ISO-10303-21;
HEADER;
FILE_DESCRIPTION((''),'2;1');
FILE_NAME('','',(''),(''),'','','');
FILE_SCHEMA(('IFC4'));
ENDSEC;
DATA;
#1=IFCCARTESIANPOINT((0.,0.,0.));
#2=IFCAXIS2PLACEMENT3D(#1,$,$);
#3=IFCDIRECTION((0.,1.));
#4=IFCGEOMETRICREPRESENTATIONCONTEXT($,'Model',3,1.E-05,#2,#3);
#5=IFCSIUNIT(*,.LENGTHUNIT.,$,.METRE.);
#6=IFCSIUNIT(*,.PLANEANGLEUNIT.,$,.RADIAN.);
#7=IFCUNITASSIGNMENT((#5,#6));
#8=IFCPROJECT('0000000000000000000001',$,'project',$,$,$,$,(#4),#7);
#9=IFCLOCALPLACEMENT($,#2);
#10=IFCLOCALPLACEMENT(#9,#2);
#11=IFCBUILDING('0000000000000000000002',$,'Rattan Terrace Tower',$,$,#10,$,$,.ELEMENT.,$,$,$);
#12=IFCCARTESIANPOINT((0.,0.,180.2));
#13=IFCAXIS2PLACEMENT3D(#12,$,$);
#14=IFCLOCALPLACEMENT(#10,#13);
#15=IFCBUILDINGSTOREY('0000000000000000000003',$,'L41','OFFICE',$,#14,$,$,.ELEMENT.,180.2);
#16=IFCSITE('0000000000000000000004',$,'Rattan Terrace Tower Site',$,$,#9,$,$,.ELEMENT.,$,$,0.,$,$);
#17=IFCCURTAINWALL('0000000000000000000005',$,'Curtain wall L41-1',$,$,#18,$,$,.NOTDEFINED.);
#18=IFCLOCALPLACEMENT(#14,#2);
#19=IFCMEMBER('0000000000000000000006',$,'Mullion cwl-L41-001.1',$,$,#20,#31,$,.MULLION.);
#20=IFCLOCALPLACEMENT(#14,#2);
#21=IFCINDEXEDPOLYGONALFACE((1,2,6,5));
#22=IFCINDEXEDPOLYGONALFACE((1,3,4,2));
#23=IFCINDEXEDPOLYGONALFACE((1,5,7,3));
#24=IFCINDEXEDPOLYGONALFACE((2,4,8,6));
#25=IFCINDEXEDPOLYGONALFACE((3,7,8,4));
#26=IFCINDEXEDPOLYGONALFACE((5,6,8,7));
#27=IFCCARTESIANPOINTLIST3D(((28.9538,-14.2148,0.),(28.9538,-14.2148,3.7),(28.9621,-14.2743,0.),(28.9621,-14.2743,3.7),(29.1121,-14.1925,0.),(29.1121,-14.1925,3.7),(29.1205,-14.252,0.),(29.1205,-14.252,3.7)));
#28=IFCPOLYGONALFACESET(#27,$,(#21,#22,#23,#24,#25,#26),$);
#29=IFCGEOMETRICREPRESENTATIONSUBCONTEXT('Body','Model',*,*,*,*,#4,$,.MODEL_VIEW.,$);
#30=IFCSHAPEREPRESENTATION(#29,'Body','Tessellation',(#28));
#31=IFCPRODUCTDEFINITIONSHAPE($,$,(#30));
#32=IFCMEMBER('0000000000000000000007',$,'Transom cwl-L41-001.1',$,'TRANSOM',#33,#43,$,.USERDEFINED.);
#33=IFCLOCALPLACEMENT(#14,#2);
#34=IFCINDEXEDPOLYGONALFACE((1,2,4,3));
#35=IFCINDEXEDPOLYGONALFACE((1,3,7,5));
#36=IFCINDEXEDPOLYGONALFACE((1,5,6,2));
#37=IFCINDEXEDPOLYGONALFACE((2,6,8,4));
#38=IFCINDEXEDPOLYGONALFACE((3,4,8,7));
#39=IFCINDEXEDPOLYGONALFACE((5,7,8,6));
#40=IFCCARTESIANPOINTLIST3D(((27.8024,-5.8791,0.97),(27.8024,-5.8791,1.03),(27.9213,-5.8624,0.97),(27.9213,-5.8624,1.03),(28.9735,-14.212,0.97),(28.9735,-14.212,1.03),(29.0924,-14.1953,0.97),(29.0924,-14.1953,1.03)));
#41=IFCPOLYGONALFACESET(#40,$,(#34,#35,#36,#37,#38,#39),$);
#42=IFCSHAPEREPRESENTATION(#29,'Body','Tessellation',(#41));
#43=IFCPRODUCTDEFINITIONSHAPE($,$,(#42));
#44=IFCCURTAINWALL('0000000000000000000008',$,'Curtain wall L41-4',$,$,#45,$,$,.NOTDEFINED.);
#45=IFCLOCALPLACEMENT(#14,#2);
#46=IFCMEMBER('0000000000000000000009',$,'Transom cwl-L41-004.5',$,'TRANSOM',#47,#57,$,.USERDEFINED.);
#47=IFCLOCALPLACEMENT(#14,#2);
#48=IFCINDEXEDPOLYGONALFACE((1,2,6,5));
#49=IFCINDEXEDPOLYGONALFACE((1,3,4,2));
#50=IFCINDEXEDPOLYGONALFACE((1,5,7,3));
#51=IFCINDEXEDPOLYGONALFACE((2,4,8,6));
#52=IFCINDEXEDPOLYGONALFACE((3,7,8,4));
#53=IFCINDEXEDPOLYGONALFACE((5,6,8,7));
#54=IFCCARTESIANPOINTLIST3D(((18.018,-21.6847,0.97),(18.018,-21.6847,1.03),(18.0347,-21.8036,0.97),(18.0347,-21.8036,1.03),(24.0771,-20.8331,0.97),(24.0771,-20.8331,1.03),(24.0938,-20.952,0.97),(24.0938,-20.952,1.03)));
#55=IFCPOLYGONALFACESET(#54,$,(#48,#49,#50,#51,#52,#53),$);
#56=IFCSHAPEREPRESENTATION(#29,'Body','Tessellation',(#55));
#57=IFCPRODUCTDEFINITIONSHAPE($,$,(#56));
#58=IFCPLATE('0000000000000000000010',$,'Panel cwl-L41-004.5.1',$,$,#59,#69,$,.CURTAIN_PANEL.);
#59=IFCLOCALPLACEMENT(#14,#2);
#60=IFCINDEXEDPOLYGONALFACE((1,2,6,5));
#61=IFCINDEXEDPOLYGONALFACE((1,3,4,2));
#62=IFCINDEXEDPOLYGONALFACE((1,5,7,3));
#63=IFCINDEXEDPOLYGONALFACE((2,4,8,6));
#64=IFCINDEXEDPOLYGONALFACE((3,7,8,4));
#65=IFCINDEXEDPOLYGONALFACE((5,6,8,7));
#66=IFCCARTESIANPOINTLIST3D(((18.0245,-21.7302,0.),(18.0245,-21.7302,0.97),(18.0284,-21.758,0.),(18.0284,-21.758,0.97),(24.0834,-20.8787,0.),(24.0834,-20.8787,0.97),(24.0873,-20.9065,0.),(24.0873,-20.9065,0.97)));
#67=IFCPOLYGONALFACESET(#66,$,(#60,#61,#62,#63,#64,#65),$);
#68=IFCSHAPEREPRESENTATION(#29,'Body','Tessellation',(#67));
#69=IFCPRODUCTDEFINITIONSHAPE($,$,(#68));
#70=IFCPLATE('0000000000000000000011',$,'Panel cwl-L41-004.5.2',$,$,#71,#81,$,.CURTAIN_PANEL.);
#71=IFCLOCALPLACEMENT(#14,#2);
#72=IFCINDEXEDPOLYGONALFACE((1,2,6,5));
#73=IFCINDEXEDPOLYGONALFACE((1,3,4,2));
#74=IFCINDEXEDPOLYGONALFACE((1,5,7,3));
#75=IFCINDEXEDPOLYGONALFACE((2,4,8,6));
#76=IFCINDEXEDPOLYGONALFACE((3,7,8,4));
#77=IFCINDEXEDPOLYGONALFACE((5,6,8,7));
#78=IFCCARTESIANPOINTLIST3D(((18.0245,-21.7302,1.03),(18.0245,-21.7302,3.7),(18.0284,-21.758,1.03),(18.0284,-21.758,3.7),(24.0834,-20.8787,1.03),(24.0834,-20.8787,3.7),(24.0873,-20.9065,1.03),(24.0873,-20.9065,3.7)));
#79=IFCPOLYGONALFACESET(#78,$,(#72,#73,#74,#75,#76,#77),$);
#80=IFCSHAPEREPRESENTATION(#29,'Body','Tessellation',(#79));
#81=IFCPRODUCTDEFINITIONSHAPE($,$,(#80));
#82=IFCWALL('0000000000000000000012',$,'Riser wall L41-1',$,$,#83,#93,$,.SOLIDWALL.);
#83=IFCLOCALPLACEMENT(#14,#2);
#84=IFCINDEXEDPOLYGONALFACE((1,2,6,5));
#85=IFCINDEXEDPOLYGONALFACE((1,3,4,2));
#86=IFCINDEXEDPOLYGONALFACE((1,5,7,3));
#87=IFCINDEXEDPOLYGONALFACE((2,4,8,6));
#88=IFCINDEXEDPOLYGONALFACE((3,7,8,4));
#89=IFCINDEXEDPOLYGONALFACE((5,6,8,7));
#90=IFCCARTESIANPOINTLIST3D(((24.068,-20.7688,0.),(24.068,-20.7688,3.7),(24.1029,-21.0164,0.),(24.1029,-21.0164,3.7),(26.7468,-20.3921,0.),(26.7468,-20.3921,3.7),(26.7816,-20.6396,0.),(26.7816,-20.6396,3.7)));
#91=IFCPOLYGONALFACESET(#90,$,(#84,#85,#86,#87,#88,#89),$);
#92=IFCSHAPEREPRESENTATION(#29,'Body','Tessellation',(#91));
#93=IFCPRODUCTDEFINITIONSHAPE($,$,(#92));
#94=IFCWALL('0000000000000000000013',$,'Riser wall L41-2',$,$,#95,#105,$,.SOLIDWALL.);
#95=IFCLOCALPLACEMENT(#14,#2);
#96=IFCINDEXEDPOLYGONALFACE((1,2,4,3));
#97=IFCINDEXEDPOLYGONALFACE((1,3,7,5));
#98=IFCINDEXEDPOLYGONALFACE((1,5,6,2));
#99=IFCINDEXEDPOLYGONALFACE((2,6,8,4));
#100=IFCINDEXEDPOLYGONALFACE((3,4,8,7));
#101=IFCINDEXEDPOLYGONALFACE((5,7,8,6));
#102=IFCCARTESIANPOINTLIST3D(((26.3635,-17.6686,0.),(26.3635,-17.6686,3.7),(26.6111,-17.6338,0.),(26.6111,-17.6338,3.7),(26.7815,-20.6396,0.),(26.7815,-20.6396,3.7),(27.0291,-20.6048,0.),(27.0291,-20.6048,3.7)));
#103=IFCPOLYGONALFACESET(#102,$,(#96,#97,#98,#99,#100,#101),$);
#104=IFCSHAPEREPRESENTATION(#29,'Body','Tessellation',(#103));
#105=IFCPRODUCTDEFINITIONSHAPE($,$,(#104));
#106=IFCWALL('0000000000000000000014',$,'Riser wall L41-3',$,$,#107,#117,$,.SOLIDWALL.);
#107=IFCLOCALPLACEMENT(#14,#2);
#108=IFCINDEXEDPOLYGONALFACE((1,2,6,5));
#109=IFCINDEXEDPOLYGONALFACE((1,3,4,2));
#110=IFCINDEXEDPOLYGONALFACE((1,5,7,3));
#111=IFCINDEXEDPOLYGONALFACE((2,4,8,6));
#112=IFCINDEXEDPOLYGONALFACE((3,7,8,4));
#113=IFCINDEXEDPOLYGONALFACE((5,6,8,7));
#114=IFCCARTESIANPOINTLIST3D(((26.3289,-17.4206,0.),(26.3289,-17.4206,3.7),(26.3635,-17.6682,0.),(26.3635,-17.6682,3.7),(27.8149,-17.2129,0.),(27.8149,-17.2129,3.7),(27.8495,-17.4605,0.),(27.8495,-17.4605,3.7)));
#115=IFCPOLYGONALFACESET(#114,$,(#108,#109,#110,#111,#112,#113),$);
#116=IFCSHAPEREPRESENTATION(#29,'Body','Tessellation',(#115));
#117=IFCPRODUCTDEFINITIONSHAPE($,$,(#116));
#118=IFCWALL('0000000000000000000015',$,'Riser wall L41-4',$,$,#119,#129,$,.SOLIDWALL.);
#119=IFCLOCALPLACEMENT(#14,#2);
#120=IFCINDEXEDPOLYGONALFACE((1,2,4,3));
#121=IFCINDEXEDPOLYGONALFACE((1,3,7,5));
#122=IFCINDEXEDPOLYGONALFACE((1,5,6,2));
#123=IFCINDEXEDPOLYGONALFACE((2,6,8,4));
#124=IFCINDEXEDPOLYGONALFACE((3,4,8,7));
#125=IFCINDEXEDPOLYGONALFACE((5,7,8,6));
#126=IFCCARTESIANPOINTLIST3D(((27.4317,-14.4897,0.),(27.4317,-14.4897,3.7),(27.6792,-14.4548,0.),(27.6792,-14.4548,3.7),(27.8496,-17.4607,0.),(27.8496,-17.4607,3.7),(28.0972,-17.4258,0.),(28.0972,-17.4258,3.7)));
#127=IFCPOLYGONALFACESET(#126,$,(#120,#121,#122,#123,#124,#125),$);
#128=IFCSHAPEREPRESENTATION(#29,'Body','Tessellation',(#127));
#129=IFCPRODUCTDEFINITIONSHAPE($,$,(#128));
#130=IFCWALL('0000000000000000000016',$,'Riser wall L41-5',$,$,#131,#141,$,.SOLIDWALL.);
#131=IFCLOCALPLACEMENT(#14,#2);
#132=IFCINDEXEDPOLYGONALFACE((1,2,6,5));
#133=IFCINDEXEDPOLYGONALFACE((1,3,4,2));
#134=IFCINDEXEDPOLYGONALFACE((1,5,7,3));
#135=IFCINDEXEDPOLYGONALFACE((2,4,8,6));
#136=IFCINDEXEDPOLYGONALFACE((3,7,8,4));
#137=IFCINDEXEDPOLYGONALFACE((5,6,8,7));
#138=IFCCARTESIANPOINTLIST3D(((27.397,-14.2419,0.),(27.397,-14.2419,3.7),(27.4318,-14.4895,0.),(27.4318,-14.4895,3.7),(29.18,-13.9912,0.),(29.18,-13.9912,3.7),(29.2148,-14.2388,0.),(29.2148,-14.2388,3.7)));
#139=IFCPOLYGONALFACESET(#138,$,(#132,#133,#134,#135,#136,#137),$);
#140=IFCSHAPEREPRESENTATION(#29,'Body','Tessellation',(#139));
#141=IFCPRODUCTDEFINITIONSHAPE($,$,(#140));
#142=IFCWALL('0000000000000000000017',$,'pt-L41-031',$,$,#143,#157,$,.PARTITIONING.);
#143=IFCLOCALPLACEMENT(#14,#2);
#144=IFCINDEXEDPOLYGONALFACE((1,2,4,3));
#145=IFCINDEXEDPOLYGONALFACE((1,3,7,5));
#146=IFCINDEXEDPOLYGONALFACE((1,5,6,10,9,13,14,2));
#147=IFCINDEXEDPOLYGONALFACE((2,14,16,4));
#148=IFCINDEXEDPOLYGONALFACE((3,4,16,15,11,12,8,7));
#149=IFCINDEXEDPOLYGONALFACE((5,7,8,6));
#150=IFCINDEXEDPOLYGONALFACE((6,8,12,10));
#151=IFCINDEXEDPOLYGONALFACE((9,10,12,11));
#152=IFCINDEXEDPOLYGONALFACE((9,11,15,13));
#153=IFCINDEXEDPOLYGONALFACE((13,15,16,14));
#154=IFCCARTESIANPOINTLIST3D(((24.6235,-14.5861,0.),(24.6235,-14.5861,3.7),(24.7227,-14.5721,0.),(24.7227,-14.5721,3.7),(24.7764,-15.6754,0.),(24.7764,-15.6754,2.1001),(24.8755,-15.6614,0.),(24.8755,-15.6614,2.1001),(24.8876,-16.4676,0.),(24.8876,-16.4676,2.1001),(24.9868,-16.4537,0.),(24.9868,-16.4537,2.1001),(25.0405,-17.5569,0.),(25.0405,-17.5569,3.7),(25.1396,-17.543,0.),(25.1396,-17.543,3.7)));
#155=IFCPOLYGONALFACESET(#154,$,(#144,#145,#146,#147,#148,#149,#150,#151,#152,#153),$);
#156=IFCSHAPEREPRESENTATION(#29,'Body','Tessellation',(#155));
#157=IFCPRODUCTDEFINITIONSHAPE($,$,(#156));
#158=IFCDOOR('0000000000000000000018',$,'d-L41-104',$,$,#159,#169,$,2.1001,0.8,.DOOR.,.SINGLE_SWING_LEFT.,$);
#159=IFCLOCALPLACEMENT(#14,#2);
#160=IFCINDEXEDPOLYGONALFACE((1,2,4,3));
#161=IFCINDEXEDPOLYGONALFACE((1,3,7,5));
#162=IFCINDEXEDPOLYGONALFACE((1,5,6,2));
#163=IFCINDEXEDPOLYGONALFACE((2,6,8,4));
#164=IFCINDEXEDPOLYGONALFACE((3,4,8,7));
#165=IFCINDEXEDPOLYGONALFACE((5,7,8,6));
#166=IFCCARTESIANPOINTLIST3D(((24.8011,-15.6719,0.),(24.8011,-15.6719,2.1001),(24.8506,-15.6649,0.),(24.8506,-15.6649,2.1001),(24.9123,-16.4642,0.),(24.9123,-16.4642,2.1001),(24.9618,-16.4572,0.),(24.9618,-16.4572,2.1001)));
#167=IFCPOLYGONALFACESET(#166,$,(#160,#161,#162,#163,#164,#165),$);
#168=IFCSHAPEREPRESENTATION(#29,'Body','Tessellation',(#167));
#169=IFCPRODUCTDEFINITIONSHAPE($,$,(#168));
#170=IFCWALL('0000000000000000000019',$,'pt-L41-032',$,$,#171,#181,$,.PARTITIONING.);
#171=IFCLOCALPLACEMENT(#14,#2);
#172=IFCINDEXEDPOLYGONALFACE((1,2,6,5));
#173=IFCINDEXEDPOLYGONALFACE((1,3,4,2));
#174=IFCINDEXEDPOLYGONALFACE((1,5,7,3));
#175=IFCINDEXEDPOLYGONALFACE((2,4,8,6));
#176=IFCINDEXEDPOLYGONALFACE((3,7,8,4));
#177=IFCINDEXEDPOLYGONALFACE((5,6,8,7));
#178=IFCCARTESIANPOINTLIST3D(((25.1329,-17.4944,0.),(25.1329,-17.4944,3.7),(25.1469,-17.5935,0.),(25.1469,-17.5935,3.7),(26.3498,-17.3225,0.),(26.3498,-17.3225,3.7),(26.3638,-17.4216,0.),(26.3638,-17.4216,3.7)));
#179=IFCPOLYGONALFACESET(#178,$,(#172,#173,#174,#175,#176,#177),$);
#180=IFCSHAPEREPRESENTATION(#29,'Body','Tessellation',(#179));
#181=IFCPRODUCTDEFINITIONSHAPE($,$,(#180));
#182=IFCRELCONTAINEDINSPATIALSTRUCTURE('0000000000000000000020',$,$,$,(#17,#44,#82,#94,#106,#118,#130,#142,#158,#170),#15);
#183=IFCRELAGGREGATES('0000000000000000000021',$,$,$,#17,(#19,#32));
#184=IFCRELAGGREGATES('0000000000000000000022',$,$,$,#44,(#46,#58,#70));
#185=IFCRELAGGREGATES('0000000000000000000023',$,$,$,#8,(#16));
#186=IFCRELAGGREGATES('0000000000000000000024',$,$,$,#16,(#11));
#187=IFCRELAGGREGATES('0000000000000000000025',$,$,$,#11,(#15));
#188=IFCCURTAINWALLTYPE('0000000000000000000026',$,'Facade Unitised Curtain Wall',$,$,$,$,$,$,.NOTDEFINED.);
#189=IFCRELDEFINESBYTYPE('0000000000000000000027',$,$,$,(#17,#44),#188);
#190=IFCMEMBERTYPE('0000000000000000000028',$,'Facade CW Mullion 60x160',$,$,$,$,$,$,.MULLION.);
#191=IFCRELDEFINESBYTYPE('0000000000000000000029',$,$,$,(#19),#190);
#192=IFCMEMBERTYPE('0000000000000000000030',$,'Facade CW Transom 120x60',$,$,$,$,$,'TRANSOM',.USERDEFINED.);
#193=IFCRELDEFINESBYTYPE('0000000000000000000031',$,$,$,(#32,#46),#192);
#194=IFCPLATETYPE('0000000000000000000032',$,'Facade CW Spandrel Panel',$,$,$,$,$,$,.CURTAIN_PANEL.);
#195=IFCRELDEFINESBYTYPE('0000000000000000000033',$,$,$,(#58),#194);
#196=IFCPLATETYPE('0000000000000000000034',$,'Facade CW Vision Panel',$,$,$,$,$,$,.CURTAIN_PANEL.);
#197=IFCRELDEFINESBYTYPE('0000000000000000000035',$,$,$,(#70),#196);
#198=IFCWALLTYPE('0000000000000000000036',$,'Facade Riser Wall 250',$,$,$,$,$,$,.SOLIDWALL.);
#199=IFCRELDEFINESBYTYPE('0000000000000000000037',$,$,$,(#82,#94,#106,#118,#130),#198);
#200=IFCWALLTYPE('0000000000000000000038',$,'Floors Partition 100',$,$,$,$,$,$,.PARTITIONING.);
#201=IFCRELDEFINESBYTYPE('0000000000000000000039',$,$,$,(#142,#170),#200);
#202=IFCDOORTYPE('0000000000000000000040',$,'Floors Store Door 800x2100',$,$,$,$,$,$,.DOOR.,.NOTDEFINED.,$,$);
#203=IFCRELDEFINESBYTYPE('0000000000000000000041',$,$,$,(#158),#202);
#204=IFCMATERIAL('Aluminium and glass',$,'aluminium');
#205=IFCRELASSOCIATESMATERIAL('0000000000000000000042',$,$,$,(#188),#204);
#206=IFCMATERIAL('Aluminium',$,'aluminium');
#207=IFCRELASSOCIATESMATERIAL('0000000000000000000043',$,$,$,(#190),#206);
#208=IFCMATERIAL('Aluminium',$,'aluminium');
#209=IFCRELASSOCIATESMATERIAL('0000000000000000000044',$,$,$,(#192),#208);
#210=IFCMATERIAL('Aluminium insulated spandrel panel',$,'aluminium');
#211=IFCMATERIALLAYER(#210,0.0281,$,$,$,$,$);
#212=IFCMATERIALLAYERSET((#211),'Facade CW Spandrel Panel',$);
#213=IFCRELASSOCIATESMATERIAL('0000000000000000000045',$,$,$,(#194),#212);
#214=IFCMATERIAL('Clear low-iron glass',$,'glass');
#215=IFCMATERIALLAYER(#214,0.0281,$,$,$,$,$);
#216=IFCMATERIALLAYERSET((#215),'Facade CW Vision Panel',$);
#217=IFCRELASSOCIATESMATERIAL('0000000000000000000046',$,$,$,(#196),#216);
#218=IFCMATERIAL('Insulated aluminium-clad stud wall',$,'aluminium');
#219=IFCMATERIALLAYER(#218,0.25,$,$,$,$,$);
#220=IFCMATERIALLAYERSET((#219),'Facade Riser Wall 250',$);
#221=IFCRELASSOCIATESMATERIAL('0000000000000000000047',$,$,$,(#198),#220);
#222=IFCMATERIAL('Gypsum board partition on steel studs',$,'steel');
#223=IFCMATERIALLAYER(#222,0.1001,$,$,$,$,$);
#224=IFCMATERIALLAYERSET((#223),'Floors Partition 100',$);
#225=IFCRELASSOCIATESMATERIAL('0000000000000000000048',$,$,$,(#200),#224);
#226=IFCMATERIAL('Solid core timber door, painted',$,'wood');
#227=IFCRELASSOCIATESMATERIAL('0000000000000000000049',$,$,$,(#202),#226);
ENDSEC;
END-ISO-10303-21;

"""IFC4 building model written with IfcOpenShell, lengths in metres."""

from ifc_helpers import new_model, si_unit, direction, frame, frame_2d, origin, origin_2d, place, context, subcontext, project, spatial, rectangle, extrude, material, layer, layer_set, material_profile, profile_set, type_object, element, fill, aggregate, save


model = new_model("IFC4")

# Units and contexts
model_context = context("Model", 3, precision=1e-05, world=origin(), true_north=direction((0.0, 1.0)))
body_context = subcontext(model_context, "Body", "Model", "MODEL_VIEW")
ifc_project = project(units=[si_unit("LENGTHUNIT", "METRE"), si_unit("PLANEANGLEUNIT", "RADIAN")], contexts=[model_context])

# Site, building, storey
site_placement = place(None, origin())
site = spatial("IfcSite", under=ifc_project, at=site_placement, Name="Rattan Terrace Tower Site", CompositionType="ELEMENT", RefElevation=0.0)
building_placement = place(site_placement, origin())
building = spatial("IfcBuilding", under=site, at=building_placement, Name="Rattan Terrace Tower", CompositionType="ELEMENT")
storey_placement = place(building_placement, frame((0.0, 0.0, 180.2)))
storey = spatial("IfcBuildingStorey", under=building, at=storey_placement, Name="L41", Description="OFFICE", CompositionType="ELEMENT", Elevation=180.2)

# Curtain wall, members
ifc_material_1 = material(Name="Aluminium and glass", Category="aluminium")
curtain_wall_type = type_object("IfcCurtainWallType", Name="Facade Unitised Curtain Wall", PredefinedType="NOTDEFINED", material=ifc_material_1)
curtain_wall_1_placement = place(storey_placement, origin())
curtain_wall_1 = element("IfcCurtainWall", 1, at=curtain_wall_1_placement, inside=storey, type_object=curtain_wall_type, Name="Curtain wall L41-1", PredefinedType="NOTDEFINED")
ifc_material_2 = material(Name="Aluminium", Category="aluminium")
ifc_material_profile_1 = material_profile(ifc_material_2, rectangle(XDim=0.0601, YDim=0.1599, at=origin_2d()), Name="Aluminium 60x160")
ifc_profile_set_1 = profile_set([ifc_material_profile_1], Name="Aluminium")
member_type_1 = type_object("IfcMemberType", Name="Facade CW Mullion 60x160", PredefinedType="MULLION", material=ifc_profile_set_1)
member_1_placement = place(storey_placement, frame((29.0371, -14.2334, 0.0), z_axis=(0.0, 0.0, 1.0), x_axis=(-0.139191, 0.990266, 0.0)))
member_1 = element("IfcMember", 2, at=member_1_placement, type_object=member_type_1, Name="Mullion cwl-L41-001.1", PredefinedType="MULLION", context=body_context, shape_type="SweptSolid", body=[
    extrude(rectangle(XDim=0.0601, YDim=0.1599, at=origin_2d()), origin(), (0.0, 0.0, 1.0), 3.7),
])
ifc_material_3 = material(Name="Aluminium", Category="aluminium")
ifc_material_profile_2 = material_profile(ifc_material_3, rectangle(XDim=0.1201, YDim=0.0601, at=origin_2d()), Name="Aluminium 120x60")
ifc_profile_set_2 = profile_set([ifc_material_profile_2], Name="Aluminium")
member_type_2 = type_object("IfcMemberType", Name="Facade CW Transom 120x60", ElementType="TRANSOM", PredefinedType="USERDEFINED", material=ifc_profile_set_2)
member_2_placement = place(storey_placement, frame((29.033, -14.2036, 1.0), z_axis=(-0.139175, 0.990268, 0.0), x_axis=(-0.990268, -0.139175, 0.0)))
member_2 = element("IfcMember", 3, at=member_2_placement, type_object=member_type_2, Name="Transom cwl-L41-001.1", ObjectType="TRANSOM", PredefinedType="USERDEFINED", context=body_context, shape_type="SweptSolid", body=[
    extrude(rectangle(XDim=0.1201, YDim=0.0601, at=origin_2d()), origin(), (0.0, 0.0, 1.0), 8.4148),
])
aggregate(curtain_wall_1, [member_1, member_2])

# Curtain wall, member, plates
curtain_wall_2_placement = place(storey_placement, origin())
curtain_wall_2 = element("IfcCurtainWall", 4, at=curtain_wall_2_placement, inside=storey, type_object=curtain_wall_type, Name="Curtain wall L41-4", PredefinedType="NOTDEFINED")
member_3_placement = place(storey_placement, frame((18.0264, -21.7441, 1.0), z_axis=(0.990268, 0.139175, 0.0), x_axis=(-0.139175, 0.990268, 0.0)))
member_3 = element("IfcMember", 5, at=member_3_placement, type_object=member_type_2, Name="Transom cwl-L41-004.5", ObjectType="TRANSOM", PredefinedType="USERDEFINED", context=body_context, shape_type="SweptSolid", body=[
    extrude(rectangle(XDim=0.1201, YDim=0.0601, at=origin_2d()), origin(), (0.0, 0.0, 1.0), 6.1187),
])
ifc_material_4 = material(Name="Aluminium insulated spandrel panel", Category="aluminium")
ifc_layer_1 = layer(ifc_material_4, 0.0281)
ifc_layer_set_1 = layer_set([ifc_layer_1], Name="Facade CW Spandrel Panel")
plate_type_1 = type_object("IfcPlateType", Name="Facade CW Spandrel Panel", PredefinedType="CURTAIN_PANEL", material=ifc_layer_set_1)
plate_1_placement = place(storey_placement, frame((21.0559, -21.3184, 0.0), z_axis=(0.0, 0.0, 1.0), x_axis=(0.99027, 0.139161, 0.0)))
plate_1 = element("IfcPlate", 6, at=plate_1_placement, type_object=plate_type_1, Name="Panel cwl-L41-004.5.1", PredefinedType="CURTAIN_PANEL", context=body_context, shape_type="SweptSolid", body=[
    extrude(rectangle(XDim=6.1184, YDim=0.0281, at=origin_2d()), origin(), (0.0, 0.0, 1.0), 0.97),
])
ifc_material_5 = material(Name="Clear low-iron glass", Category="glass")
ifc_layer_2 = layer(ifc_material_5, 0.0281)
ifc_layer_set_2 = layer_set([ifc_layer_2], Name="Facade CW Vision Panel")
plate_type_2 = type_object("IfcPlateType", Name="Facade CW Vision Panel", PredefinedType="CURTAIN_PANEL", material=ifc_layer_set_2)
plate_2_placement = place(storey_placement, frame((21.0559, -21.3184, 1.03), z_axis=(0.0, 0.0, 1.0), x_axis=(0.99027, 0.139161, 0.0)))
plate_2 = element("IfcPlate", 7, at=plate_2_placement, type_object=plate_type_2, Name="Panel cwl-L41-004.5.2", PredefinedType="CURTAIN_PANEL", context=body_context, shape_type="SweptSolid", body=[
    extrude(rectangle(XDim=6.1184, YDim=0.0281, at=origin_2d()), origin(), (0.0, 0.0, 1.0), 2.6699),
])
aggregate(curtain_wall_2, [member_3, plate_1, plate_2])

# Walls
ifc_material_6 = material(Name="Insulated aluminium-clad stud wall", Category="aluminium")
ifc_layer_3 = layer(ifc_material_6, 0.25)
ifc_layer_set_3 = layer_set([ifc_layer_3], Name="Facade Riser Wall 250")
wall_type_1 = type_object("IfcWallType", Name="Facade Riser Wall 250", PredefinedType="SOLIDWALL", material=ifc_layer_set_3)
wall_1_placement = place(storey_placement, frame((24.0854, -20.8926, 0.0), z_axis=(0.0, 0.0, 1.0), x_axis=(0.990256, 0.13926, 0.0)))
element("IfcWall", 8, at=wall_1_placement, inside=storey, type_object=wall_type_1, Name="Riser wall L41-1", PredefinedType="SOLIDWALL", context=body_context, shape_type="SweptSolid", body=[
    extrude(rectangle(XDim=2.7051, YDim=0.25, at=frame_2d((1.3525, 0.0))), origin(), (0.0, 0.0, 1.0), 3.7),
])
wall_2_placement = place(storey_placement, frame((26.9053, -20.6221, 0.0), z_axis=(0.0, 0.0, 1.0), x_axis=(-0.139313, 0.990248, 0.0)))
element("IfcWall", 9, at=wall_2_placement, inside=storey, type_object=wall_type_1, Name="Riser wall L41-2", PredefinedType="SOLIDWALL", context=body_context, shape_type="SweptSolid", body=[
    extrude(rectangle(XDim=3.0002, YDim=0.25, at=frame_2d((1.5, 0.0))), origin(), (0.0, 0.0, 1.0), 3.7),
])
wall_3_placement = place(storey_placement, frame((26.3462, -17.5444, 0.0), z_axis=(0.0, 0.0, 1.0), x_axis=(0.990368, 0.13846, 0.0)))
element("IfcWall", 10, at=wall_3_placement, inside=storey, type_object=wall_type_1, Name="Riser wall L41-3", PredefinedType="SOLIDWALL", context=body_context, shape_type="SweptSolid", body=[
    extrude(rectangle(XDim=1.5005, YDim=0.25, at=frame_2d((0.7502, 0.0))), origin(), (0.0, 0.0, 1.0), 3.7),
])
wall_4_placement = place(storey_placement, frame((27.9734, -17.4431, 0.0), z_axis=(0.0, 0.0, 1.0), x_axis=(-0.139313, 0.990248, 0.0)))
element("IfcWall", 11, at=wall_4_placement, inside=storey, type_object=wall_type_1, Name="Riser wall L41-4", PredefinedType="SOLIDWALL", context=body_context, shape_type="SweptSolid", body=[
    extrude(rectangle(XDim=3.0002, YDim=0.25, at=frame_2d((1.5, 0.0))), origin(), (0.0, 0.0, 1.0), 3.7),
])
wall_5_placement = place(storey_placement, frame((27.4143, -14.3657, 0.0), z_axis=(0.0, 0.0, 1.0), x_axis=(0.990256, 0.139257, 0.0)))
element("IfcWall", 12, at=wall_5_placement, inside=storey, type_object=wall_type_1, Name="Riser wall L41-5", PredefinedType="SOLIDWALL", context=body_context, shape_type="SweptSolid", body=[
    extrude(rectangle(XDim=1.8005, YDim=0.25, at=frame_2d((0.9004, 0.0))), origin(), (0.0, 0.0, 1.0), 3.7),
])

# Wall, opening, door
ifc_material_7 = material(Name="Gypsum board partition on steel studs", Category="steel")
ifc_layer_4 = layer(ifc_material_7, 0.1001)
ifc_layer_set_4 = layer_set([ifc_layer_4], Name="Floors Partition 100")
wall_type_2 = type_object("IfcWallType", Name="Floors Partition 100", PredefinedType="PARTITIONING", material=ifc_layer_set_4)
wall_6_placement = place(storey_placement, frame((24.6731, -14.5791, 0.0), z_axis=(0.0, 0.0, 1.0), x_axis=(0.138994, -0.990293, 0.0)))
wall_6 = element("IfcWall", 13, at=wall_6_placement, inside=storey, type_object=wall_type_2, Name="pt-L41-031", PredefinedType="PARTITIONING", context=body_context, shape_type="SweptSolid", body=[
    extrude(rectangle(XDim=3.0, YDim=0.1001, at=frame_2d((1.5, 0.0))), origin(), (0.0, 0.0, 1.0), 3.7),
])
opening_placement = place(wall_6_placement, frame((1.1001, 0.0, 0.0)))
opening = element("IfcOpeningElement", 14, at=opening_placement, cuts=wall_6, PredefinedType="OPENING", context=body_context, shape_type="SweptSolid", body=[
    extrude(rectangle(XDim=0.8, YDim=2.1001, at=frame_2d((0.3999, 1.05))), frame((0.0, 0.0605, 0.0), z_axis=(0.0, -1.0, 0.0), x_axis=(1.0, 0.0, 0.0)), (0.0, 0.0, 1.0), 0.1211),
])
ifc_material_8 = material(Name="Solid core timber door, painted", Category="wood")
door_type = type_object("IfcDoorType", Name="Floors Store Door 800x2100", OperationType="NOTDEFINED", PredefinedType="DOOR", material=ifc_material_8)
door_placement = place(opening_placement, origin())
door = element("IfcDoor", 15, at=door_placement, inside=storey, type_object=door_type, Name="d-L41-104", OperationType="SINGLE_SWING_LEFT", OverallHeight=2.1001, OverallWidth=0.8, PredefinedType="DOOR", context=body_context, shape_type="SweptSolid", body=[
    extrude(rectangle(XDim=0.8, YDim=2.1001, at=frame_2d((0.3999, 1.05))), frame((0.0, 0.0249, 0.0), z_axis=(0.0, -1.0, 0.0), x_axis=(1.0, 0.0, 0.0)), (0.0, 0.0, 1.0), 0.05),
])
fill(opening, door)

# Wall
wall_7_placement = place(storey_placement, frame((25.1399, -17.5439, 0.0), z_axis=(0.0, 0.0, 1.0), x_axis=(0.990175, 0.139836, 0.0)))
element("IfcWall", 16, at=wall_7_placement, inside=storey, type_object=wall_type_2, Name="pt-L41-032", PredefinedType="PARTITIONING", context=body_context, shape_type="SweptSolid", body=[
    extrude(rectangle(XDim=1.229, YDim=0.1001, at=frame_2d((0.6145, 0.0))), origin(), (0.0, 0.0, 1.0), 3.7),
])

save(model, "model.ifc")
